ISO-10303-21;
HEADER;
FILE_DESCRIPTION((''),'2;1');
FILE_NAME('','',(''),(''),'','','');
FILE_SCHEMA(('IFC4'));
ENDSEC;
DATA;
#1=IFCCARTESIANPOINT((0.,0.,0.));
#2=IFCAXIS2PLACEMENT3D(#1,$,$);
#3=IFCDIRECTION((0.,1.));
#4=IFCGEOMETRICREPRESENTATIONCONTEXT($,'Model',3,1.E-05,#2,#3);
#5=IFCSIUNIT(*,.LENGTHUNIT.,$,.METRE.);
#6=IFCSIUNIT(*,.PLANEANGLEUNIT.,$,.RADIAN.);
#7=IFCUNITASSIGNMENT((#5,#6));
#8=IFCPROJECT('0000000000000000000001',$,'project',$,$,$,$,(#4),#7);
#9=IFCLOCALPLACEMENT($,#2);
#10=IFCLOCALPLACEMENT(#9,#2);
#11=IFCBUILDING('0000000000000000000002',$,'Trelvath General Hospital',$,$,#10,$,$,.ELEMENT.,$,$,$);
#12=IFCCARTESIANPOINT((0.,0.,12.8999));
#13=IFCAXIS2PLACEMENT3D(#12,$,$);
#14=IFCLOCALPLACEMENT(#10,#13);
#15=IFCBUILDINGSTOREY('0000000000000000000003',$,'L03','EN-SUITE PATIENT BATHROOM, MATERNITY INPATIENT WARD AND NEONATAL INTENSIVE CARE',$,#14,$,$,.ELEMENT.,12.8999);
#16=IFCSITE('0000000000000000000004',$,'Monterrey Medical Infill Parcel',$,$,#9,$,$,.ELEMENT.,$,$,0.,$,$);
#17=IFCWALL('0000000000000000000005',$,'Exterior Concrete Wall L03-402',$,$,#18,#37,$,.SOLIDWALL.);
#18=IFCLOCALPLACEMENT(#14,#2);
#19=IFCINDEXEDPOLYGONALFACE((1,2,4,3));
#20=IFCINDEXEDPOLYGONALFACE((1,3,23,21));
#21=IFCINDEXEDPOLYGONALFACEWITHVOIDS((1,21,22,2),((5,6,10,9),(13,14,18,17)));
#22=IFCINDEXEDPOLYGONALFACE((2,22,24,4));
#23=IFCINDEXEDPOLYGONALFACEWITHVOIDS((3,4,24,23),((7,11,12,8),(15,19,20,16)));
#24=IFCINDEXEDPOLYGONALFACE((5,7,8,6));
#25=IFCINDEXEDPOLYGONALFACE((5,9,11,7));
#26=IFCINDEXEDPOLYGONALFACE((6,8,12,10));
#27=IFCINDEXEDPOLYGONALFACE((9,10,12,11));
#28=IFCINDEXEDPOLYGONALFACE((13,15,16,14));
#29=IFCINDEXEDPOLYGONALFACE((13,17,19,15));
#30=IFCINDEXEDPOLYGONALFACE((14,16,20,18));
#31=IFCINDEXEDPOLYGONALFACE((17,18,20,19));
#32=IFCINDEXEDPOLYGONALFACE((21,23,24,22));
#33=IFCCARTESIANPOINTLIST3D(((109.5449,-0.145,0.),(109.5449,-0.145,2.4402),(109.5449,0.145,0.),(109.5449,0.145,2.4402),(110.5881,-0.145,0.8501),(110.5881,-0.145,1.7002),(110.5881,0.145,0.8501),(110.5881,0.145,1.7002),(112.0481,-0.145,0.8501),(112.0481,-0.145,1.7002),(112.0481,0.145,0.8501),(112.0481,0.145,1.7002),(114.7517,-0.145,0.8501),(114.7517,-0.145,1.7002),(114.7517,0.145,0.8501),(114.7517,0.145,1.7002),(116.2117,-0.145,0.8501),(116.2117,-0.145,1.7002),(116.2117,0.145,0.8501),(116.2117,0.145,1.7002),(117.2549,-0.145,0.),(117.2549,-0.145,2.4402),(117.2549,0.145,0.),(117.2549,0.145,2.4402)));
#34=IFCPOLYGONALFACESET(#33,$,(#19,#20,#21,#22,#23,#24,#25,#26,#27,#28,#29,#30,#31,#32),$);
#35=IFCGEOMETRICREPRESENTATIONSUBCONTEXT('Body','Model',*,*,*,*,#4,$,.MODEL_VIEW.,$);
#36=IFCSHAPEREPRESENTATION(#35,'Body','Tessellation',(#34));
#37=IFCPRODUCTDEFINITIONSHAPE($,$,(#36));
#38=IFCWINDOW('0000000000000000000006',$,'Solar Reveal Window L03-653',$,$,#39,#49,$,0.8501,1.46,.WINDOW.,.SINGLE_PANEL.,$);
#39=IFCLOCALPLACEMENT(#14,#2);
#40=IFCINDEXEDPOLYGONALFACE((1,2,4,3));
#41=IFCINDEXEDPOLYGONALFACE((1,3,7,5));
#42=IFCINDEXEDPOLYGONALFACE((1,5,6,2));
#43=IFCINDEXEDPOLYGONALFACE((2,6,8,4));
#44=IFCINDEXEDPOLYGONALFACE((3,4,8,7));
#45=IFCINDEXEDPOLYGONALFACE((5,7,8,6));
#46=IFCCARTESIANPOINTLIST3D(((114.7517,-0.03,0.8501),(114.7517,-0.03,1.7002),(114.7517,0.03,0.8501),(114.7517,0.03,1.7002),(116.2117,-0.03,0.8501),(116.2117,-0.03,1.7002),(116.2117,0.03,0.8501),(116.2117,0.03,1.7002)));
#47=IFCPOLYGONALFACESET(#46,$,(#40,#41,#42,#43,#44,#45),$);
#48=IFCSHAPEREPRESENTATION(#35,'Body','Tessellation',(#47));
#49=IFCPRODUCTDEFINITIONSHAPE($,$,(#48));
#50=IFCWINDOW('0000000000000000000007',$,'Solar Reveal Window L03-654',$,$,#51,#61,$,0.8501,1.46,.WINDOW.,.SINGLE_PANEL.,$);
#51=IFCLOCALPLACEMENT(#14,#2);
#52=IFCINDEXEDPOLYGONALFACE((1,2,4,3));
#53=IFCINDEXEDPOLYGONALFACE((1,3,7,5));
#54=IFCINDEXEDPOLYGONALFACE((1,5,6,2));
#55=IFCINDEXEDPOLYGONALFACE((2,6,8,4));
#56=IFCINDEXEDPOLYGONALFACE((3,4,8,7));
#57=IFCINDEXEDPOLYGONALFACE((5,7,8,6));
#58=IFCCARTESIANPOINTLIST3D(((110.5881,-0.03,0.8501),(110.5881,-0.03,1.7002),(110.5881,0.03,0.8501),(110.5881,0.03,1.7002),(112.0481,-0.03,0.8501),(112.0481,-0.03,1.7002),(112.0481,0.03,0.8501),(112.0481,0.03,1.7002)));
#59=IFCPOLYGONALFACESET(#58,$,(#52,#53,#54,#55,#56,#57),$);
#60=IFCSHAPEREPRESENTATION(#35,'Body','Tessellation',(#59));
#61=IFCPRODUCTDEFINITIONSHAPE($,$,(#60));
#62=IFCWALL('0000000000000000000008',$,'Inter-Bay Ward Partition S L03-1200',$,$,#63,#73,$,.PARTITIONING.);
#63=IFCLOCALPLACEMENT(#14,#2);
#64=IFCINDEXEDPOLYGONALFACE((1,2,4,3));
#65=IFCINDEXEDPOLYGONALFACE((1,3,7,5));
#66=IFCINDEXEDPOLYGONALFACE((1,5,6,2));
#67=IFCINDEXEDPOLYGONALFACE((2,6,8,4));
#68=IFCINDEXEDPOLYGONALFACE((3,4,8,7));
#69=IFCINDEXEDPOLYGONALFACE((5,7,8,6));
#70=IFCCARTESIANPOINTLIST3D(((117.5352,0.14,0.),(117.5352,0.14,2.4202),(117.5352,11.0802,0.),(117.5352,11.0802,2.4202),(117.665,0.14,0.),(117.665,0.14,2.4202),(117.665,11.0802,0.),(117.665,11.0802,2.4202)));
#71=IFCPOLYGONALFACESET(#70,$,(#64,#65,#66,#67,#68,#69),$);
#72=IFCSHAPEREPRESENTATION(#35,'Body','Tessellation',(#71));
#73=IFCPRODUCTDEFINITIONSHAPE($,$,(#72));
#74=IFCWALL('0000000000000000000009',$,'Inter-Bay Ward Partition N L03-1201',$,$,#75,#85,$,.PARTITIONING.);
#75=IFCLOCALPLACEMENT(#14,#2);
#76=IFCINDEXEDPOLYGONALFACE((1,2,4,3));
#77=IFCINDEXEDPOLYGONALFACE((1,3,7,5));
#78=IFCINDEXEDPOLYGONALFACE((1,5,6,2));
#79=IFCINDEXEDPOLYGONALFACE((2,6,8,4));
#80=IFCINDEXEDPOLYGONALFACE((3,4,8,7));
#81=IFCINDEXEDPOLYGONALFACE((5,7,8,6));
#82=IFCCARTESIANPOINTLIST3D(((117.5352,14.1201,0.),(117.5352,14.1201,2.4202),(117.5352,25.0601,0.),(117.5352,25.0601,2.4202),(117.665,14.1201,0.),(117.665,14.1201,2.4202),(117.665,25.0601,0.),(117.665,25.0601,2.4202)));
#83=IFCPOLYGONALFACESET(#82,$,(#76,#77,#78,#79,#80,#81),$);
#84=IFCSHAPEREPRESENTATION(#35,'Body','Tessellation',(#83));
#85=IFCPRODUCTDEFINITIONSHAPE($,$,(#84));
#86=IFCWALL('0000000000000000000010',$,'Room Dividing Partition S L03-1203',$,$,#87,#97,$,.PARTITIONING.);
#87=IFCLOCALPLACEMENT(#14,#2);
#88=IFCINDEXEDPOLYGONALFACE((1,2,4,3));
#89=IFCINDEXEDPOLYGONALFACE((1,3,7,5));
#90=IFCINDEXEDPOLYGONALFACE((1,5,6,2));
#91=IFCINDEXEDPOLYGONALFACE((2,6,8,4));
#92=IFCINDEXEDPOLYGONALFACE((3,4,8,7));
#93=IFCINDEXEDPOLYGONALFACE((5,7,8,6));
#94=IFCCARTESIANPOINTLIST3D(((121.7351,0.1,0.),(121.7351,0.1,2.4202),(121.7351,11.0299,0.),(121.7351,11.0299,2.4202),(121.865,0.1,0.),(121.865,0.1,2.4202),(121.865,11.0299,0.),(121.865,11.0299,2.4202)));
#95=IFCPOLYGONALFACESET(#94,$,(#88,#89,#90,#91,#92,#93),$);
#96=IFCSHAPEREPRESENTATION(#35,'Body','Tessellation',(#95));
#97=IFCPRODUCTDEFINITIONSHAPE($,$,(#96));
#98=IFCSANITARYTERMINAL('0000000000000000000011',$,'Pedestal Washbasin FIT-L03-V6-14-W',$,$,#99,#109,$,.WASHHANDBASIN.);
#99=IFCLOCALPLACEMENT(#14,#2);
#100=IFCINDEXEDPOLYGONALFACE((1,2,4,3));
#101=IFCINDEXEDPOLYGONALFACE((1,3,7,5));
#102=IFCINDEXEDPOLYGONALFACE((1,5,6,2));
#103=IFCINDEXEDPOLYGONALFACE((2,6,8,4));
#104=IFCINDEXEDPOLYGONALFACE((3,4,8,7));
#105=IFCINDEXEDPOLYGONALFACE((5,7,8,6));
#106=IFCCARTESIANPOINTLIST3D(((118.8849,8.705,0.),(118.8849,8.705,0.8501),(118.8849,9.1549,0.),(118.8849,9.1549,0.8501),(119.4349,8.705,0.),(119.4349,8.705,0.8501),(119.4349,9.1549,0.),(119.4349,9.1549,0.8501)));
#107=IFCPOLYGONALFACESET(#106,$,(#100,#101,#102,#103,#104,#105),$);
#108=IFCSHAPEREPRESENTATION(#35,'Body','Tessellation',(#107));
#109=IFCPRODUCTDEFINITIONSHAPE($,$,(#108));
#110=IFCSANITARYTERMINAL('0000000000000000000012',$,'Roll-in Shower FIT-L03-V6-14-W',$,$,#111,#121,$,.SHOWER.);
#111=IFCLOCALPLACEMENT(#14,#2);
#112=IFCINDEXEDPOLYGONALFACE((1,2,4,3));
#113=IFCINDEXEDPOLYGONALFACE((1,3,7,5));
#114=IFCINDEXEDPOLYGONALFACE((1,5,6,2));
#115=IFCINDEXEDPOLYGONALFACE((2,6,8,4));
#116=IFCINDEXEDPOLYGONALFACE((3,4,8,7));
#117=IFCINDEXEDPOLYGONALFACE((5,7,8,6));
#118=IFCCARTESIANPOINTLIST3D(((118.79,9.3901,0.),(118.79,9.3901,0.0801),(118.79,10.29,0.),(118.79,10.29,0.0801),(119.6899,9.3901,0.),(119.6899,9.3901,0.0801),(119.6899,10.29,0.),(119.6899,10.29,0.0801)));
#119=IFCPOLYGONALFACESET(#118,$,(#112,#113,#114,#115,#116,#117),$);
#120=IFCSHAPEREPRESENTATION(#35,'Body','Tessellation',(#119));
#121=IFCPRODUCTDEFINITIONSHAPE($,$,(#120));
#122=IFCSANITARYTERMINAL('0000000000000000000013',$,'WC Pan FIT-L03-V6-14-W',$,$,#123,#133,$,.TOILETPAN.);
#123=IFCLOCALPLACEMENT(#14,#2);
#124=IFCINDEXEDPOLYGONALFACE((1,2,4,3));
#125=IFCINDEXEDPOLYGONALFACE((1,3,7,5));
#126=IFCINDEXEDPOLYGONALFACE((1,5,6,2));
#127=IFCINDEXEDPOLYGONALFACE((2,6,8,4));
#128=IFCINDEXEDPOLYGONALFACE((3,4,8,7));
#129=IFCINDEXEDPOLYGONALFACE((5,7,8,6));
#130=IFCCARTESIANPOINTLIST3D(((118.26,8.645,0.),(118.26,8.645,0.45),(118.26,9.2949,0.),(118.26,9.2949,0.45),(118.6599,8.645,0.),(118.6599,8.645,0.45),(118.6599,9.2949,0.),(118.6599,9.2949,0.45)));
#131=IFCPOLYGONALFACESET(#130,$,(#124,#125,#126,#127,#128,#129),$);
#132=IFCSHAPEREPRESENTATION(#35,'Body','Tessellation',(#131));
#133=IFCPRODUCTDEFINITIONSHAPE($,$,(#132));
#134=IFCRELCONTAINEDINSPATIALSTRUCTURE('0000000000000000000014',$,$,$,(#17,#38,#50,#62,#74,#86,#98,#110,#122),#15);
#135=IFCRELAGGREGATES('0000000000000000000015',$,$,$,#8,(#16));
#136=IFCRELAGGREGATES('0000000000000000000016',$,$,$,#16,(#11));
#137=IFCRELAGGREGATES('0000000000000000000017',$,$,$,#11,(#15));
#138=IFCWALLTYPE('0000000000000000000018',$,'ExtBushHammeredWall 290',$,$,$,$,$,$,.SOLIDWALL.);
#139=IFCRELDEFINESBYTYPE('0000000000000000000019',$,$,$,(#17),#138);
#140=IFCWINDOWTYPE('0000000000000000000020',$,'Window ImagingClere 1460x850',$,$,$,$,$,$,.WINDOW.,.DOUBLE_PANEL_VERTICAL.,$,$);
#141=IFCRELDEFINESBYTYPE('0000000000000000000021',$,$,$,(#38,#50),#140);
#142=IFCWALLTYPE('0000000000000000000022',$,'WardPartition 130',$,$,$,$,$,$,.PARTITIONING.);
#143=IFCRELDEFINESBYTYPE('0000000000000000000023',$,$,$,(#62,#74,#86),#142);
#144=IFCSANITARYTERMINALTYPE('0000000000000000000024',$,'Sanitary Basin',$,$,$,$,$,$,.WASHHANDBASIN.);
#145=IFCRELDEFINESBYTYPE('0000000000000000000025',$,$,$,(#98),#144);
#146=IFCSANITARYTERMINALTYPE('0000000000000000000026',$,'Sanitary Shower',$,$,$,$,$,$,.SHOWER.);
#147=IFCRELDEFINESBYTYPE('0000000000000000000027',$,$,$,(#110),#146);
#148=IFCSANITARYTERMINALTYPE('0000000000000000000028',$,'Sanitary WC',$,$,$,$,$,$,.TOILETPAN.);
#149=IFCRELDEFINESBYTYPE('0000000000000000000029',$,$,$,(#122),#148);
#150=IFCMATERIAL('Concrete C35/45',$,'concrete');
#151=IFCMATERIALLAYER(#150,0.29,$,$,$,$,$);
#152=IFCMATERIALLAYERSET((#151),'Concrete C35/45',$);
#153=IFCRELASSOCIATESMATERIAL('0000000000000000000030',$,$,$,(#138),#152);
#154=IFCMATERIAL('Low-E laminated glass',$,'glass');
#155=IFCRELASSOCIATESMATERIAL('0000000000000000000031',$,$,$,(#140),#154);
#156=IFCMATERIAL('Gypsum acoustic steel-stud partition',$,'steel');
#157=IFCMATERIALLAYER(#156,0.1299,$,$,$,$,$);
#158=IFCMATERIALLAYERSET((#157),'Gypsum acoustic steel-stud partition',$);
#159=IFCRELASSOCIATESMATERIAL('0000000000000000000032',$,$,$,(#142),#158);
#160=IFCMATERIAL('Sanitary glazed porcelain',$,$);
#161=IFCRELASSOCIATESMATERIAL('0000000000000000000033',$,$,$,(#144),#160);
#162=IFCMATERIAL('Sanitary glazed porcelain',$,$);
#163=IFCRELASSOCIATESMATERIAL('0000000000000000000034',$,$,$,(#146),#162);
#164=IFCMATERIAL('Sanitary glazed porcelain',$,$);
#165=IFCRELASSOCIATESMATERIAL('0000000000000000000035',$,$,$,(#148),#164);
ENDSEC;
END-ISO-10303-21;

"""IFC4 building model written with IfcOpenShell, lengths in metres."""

from ifc_helpers import new_model, si_unit, direction, frame, frame_2d, origin, origin_2d, place, context, subcontext, project, spatial, rectangle, extrude, material, layer, layer_set, type_object, element, fill, save


model = new_model("IFC4")

# Units and contexts
model_context = context("Model", 3, precision=1e-05, world=origin(), true_north=direction((0.0, 1.0)))
body_context = subcontext(model_context, "Body", "Model", "MODEL_VIEW")
ifc_project = project(units=[si_unit("LENGTHUNIT", "METRE"), si_unit("PLANEANGLEUNIT", "RADIAN")], contexts=[model_context])

# Site, building, storey
site_placement = place(None, origin())
site = spatial("IfcSite", under=ifc_project, at=site_placement, Name="Monterrey Medical Infill Parcel", CompositionType="ELEMENT", RefElevation=0.0)
building_placement = place(site_placement, origin())
building = spatial("IfcBuilding", under=site, at=building_placement, Name="Trelvath General Hospital", CompositionType="ELEMENT")
storey_placement = place(building_placement, frame((0.0, 0.0, 12.8999)))
storey = spatial("IfcBuildingStorey", under=building, at=storey_placement, Name="L03", Description="EN-SUITE PATIENT BATHROOM, MATERNITY INPATIENT WARD AND NEONATAL INTENSIVE CARE", CompositionType="ELEMENT", Elevation=12.8999)

# Wall, openings, windows
ifc_material_1 = material(Name="Concrete C35/45", Category="concrete")
ifc_layer_1 = layer(ifc_material_1, 0.29)
ifc_layer_set_1 = layer_set([ifc_layer_1], Name="Concrete C35/45")
wall_type_1 = type_object("IfcWallType", Name="ExtBushHammeredWall 290", PredefinedType="SOLIDWALL", material=ifc_layer_set_1)
wall_1_placement = place(storey_placement, frame((117.2549, 0.0, 0.0), z_axis=(0.0, 0.0, 1.0), x_axis=(-1.0, 0.0, 0.0)))
wall_1 = element("IfcWall", 1, at=wall_1_placement, inside=storey, type_object=wall_type_1, Name="Exterior Concrete Wall L03-402", PredefinedType="SOLIDWALL", context=body_context, shape_type="SweptSolid", body=[
    extrude(rectangle(XDim=7.71, YDim=0.29, at=frame_2d((3.855, 0.0))), origin(), (0.0, 0.0, 1.0), 2.4402),
])
opening_1_placement = place(wall_1_placement, frame((1.0432, 0.0, 0.8501)))
opening_1 = element("IfcOpeningElement", 2, at=opening_1_placement, cuts=wall_1, PredefinedType="OPENING", context=body_context, shape_type="SweptSolid", body=[
    extrude(rectangle(XDim=1.46, YDim=0.8501, at=frame_2d((0.73, 0.425))), frame((0.0, 0.155, 0.0), z_axis=(0.0, -1.0, 0.0), x_axis=(1.0, 0.0, 0.0)), (0.0, 0.0, 1.0), 0.3101),
])
opening_2_placement = place(wall_1_placement, frame((5.2068, 0.0, 0.8501)))
opening_2 = element("IfcOpeningElement", 3, at=opening_2_placement, cuts=wall_1, PredefinedType="OPENING", context=body_context, shape_type="SweptSolid", body=[
    extrude(rectangle(XDim=1.46, YDim=0.8501, at=frame_2d((0.73, 0.425))), frame((0.0, 0.155, 0.0), z_axis=(0.0, -1.0, 0.0), x_axis=(1.0, 0.0, 0.0)), (0.0, 0.0, 1.0), 0.3101),
])
ifc_material_2 = material(Name="Low-E laminated glass", Category="glass")
window_type = type_object("IfcWindowType", Name="Window ImagingClere 1460x850", PartitioningType="DOUBLE_PANEL_VERTICAL", PredefinedType="WINDOW", material=ifc_material_2)
window_1_placement = place(opening_1_placement, origin())
window_1 = element("IfcWindow", 4, at=window_1_placement, inside=storey, type_object=window_type, Name="Solar Reveal Window L03-653", OverallHeight=0.8501, OverallWidth=1.46, PartitioningType="SINGLE_PANEL", PredefinedType="WINDOW", context=body_context, shape_type="SweptSolid", body=[
    extrude(rectangle(XDim=1.46, YDim=0.8501, at=frame_2d((0.73, 0.425))), frame((0.0, 0.03, 0.0), z_axis=(0.0, -1.0, 0.0), x_axis=(1.0, 0.0, 0.0)), (0.0, 0.0, 1.0), 0.0601),
])
fill(opening_1, window_1)
window_2_placement = place(opening_2_placement, origin())
window_2 = element("IfcWindow", 5, at=window_2_placement, inside=storey, type_object=window_type, Name="Solar Reveal Window L03-654", OverallHeight=0.8501, OverallWidth=1.46, PartitioningType="SINGLE_PANEL", PredefinedType="WINDOW", context=body_context, shape_type="SweptSolid", body=[
    extrude(rectangle(XDim=1.46, YDim=0.8501, at=frame_2d((0.73, 0.425))), frame((0.0, 0.03, 0.0), z_axis=(0.0, -1.0, 0.0), x_axis=(1.0, 0.0, 0.0)), (0.0, 0.0, 1.0), 0.0601),
])
fill(opening_2, window_2)

# Walls
ifc_material_3 = material(Name="Gypsum acoustic steel-stud partition", Category="steel")
ifc_layer_2 = layer(ifc_material_3, 0.1299)
ifc_layer_set_2 = layer_set([ifc_layer_2], Name="Gypsum acoustic steel-stud partition")
wall_type_2 = type_object("IfcWallType", Name="WardPartition 130", PredefinedType="PARTITIONING", material=ifc_layer_set_2)
wall_2_placement = place(storey_placement, frame((117.6001, 0.1399, 0.0), z_axis=(0.0, 0.0, 1.0), x_axis=(0.0, 1.0, 0.0)))
element("IfcWall", 6, at=wall_2_placement, inside=storey, type_object=wall_type_2, Name="Inter-Bay Ward Partition S L03-1200", PredefinedType="PARTITIONING", context=body_context, shape_type="SweptSolid", body=[
    extrude(rectangle(XDim=10.9402, YDim=0.1299, at=frame_2d((5.4702, 0.0))), origin(), (0.0, 0.0, 1.0), 2.4202),
])
wall_3_placement = place(storey_placement, frame((117.6001, 14.1201, 0.0), z_axis=(0.0, 0.0, 1.0), x_axis=(0.0, 1.0, 0.0)))
element("IfcWall", 7, at=wall_3_placement, inside=storey, type_object=wall_type_2, Name="Inter-Bay Ward Partition N L03-1201", PredefinedType="PARTITIONING", context=body_context, shape_type="SweptSolid", body=[
    extrude(rectangle(XDim=10.9399, YDim=0.1299, at=frame_2d((5.47, 0.0))), origin(), (0.0, 0.0, 1.0), 2.4202),
])
wall_4_placement = place(storey_placement, frame((121.8, 0.1001, 0.0), z_axis=(0.0, 0.0, 1.0), x_axis=(0.0, 1.0, 0.0)))
element("IfcWall", 8, at=wall_4_placement, inside=storey, type_object=wall_type_2, Name="Room Dividing Partition S L03-1203", PredefinedType="PARTITIONING", context=body_context, shape_type="SweptSolid", body=[
    extrude(rectangle(XDim=10.9299, YDim=0.1299, at=frame_2d((5.4648, 0.0))), origin(), (0.0, 0.0, 1.0), 2.4202),
])

# Sanitary terminals
ifc_material_4 = material(Name="Sanitary glazed porcelain")
sanitary_terminal_type_1 = type_object("IfcSanitaryTerminalType", Name="Sanitary Basin", PredefinedType="WASHHANDBASIN", material=ifc_material_4)
sanitary_terminal_1_placement = place(storey_placement, frame((119.1599, 8.9299, 0.0), z_axis=(0.0, 0.0, 1.0), x_axis=(1.0, 0.0, 0.0)))
element("IfcSanitaryTerminal", 9, at=sanitary_terminal_1_placement, inside=storey, type_object=sanitary_terminal_type_1, Name="Pedestal Washbasin FIT-L03-V6-14-W", PredefinedType="WASHHANDBASIN", context=body_context, shape_type="SweptSolid", body=[
    extrude(rectangle(XDim=0.55, YDim=0.45, at=origin_2d()), origin(), (0.0, 0.0, 1.0), 0.8501),
])
ifc_material_5 = material(Name="Sanitary glazed porcelain")
sanitary_terminal_type_2 = type_object("IfcSanitaryTerminalType", Name="Sanitary Shower", PredefinedType="SHOWER", material=ifc_material_5)
sanitary_terminal_2_placement = place(storey_placement, frame((119.24, 9.8401, 0.0), z_axis=(0.0, 0.0, 1.0), x_axis=(1.0, 0.0, 0.0)))
element("IfcSanitaryTerminal", 10, at=sanitary_terminal_2_placement, inside=storey, type_object=sanitary_terminal_type_2, Name="Roll-in Shower FIT-L03-V6-14-W", PredefinedType="SHOWER", context=body_context, shape_type="SweptSolid", body=[
    extrude(rectangle(XDim=0.8999, YDim=0.8999, at=origin_2d()), origin(), (0.0, 0.0, 1.0), 0.0801),
])
ifc_material_6 = material(Name="Sanitary glazed porcelain")
sanitary_terminal_type_3 = type_object("IfcSanitaryTerminalType", Name="Sanitary WC", PredefinedType="TOILETPAN", material=ifc_material_6)
sanitary_terminal_3_placement = place(storey_placement, frame((118.46, 8.97, 0.0), z_axis=(0.0, 0.0, 1.0), x_axis=(1.0, 0.0, 0.0)))
element("IfcSanitaryTerminal", 11, at=sanitary_terminal_3_placement, inside=storey, type_object=sanitary_terminal_type_3, Name="WC Pan FIT-L03-V6-14-W", PredefinedType="TOILETPAN", context=body_context, shape_type="SweptSolid", body=[
    extrude(rectangle(XDim=0.3999, YDim=0.6499, at=origin_2d()), origin(), (0.0, 0.0, 1.0), 0.45),
])

save(model, "model.ifc")
